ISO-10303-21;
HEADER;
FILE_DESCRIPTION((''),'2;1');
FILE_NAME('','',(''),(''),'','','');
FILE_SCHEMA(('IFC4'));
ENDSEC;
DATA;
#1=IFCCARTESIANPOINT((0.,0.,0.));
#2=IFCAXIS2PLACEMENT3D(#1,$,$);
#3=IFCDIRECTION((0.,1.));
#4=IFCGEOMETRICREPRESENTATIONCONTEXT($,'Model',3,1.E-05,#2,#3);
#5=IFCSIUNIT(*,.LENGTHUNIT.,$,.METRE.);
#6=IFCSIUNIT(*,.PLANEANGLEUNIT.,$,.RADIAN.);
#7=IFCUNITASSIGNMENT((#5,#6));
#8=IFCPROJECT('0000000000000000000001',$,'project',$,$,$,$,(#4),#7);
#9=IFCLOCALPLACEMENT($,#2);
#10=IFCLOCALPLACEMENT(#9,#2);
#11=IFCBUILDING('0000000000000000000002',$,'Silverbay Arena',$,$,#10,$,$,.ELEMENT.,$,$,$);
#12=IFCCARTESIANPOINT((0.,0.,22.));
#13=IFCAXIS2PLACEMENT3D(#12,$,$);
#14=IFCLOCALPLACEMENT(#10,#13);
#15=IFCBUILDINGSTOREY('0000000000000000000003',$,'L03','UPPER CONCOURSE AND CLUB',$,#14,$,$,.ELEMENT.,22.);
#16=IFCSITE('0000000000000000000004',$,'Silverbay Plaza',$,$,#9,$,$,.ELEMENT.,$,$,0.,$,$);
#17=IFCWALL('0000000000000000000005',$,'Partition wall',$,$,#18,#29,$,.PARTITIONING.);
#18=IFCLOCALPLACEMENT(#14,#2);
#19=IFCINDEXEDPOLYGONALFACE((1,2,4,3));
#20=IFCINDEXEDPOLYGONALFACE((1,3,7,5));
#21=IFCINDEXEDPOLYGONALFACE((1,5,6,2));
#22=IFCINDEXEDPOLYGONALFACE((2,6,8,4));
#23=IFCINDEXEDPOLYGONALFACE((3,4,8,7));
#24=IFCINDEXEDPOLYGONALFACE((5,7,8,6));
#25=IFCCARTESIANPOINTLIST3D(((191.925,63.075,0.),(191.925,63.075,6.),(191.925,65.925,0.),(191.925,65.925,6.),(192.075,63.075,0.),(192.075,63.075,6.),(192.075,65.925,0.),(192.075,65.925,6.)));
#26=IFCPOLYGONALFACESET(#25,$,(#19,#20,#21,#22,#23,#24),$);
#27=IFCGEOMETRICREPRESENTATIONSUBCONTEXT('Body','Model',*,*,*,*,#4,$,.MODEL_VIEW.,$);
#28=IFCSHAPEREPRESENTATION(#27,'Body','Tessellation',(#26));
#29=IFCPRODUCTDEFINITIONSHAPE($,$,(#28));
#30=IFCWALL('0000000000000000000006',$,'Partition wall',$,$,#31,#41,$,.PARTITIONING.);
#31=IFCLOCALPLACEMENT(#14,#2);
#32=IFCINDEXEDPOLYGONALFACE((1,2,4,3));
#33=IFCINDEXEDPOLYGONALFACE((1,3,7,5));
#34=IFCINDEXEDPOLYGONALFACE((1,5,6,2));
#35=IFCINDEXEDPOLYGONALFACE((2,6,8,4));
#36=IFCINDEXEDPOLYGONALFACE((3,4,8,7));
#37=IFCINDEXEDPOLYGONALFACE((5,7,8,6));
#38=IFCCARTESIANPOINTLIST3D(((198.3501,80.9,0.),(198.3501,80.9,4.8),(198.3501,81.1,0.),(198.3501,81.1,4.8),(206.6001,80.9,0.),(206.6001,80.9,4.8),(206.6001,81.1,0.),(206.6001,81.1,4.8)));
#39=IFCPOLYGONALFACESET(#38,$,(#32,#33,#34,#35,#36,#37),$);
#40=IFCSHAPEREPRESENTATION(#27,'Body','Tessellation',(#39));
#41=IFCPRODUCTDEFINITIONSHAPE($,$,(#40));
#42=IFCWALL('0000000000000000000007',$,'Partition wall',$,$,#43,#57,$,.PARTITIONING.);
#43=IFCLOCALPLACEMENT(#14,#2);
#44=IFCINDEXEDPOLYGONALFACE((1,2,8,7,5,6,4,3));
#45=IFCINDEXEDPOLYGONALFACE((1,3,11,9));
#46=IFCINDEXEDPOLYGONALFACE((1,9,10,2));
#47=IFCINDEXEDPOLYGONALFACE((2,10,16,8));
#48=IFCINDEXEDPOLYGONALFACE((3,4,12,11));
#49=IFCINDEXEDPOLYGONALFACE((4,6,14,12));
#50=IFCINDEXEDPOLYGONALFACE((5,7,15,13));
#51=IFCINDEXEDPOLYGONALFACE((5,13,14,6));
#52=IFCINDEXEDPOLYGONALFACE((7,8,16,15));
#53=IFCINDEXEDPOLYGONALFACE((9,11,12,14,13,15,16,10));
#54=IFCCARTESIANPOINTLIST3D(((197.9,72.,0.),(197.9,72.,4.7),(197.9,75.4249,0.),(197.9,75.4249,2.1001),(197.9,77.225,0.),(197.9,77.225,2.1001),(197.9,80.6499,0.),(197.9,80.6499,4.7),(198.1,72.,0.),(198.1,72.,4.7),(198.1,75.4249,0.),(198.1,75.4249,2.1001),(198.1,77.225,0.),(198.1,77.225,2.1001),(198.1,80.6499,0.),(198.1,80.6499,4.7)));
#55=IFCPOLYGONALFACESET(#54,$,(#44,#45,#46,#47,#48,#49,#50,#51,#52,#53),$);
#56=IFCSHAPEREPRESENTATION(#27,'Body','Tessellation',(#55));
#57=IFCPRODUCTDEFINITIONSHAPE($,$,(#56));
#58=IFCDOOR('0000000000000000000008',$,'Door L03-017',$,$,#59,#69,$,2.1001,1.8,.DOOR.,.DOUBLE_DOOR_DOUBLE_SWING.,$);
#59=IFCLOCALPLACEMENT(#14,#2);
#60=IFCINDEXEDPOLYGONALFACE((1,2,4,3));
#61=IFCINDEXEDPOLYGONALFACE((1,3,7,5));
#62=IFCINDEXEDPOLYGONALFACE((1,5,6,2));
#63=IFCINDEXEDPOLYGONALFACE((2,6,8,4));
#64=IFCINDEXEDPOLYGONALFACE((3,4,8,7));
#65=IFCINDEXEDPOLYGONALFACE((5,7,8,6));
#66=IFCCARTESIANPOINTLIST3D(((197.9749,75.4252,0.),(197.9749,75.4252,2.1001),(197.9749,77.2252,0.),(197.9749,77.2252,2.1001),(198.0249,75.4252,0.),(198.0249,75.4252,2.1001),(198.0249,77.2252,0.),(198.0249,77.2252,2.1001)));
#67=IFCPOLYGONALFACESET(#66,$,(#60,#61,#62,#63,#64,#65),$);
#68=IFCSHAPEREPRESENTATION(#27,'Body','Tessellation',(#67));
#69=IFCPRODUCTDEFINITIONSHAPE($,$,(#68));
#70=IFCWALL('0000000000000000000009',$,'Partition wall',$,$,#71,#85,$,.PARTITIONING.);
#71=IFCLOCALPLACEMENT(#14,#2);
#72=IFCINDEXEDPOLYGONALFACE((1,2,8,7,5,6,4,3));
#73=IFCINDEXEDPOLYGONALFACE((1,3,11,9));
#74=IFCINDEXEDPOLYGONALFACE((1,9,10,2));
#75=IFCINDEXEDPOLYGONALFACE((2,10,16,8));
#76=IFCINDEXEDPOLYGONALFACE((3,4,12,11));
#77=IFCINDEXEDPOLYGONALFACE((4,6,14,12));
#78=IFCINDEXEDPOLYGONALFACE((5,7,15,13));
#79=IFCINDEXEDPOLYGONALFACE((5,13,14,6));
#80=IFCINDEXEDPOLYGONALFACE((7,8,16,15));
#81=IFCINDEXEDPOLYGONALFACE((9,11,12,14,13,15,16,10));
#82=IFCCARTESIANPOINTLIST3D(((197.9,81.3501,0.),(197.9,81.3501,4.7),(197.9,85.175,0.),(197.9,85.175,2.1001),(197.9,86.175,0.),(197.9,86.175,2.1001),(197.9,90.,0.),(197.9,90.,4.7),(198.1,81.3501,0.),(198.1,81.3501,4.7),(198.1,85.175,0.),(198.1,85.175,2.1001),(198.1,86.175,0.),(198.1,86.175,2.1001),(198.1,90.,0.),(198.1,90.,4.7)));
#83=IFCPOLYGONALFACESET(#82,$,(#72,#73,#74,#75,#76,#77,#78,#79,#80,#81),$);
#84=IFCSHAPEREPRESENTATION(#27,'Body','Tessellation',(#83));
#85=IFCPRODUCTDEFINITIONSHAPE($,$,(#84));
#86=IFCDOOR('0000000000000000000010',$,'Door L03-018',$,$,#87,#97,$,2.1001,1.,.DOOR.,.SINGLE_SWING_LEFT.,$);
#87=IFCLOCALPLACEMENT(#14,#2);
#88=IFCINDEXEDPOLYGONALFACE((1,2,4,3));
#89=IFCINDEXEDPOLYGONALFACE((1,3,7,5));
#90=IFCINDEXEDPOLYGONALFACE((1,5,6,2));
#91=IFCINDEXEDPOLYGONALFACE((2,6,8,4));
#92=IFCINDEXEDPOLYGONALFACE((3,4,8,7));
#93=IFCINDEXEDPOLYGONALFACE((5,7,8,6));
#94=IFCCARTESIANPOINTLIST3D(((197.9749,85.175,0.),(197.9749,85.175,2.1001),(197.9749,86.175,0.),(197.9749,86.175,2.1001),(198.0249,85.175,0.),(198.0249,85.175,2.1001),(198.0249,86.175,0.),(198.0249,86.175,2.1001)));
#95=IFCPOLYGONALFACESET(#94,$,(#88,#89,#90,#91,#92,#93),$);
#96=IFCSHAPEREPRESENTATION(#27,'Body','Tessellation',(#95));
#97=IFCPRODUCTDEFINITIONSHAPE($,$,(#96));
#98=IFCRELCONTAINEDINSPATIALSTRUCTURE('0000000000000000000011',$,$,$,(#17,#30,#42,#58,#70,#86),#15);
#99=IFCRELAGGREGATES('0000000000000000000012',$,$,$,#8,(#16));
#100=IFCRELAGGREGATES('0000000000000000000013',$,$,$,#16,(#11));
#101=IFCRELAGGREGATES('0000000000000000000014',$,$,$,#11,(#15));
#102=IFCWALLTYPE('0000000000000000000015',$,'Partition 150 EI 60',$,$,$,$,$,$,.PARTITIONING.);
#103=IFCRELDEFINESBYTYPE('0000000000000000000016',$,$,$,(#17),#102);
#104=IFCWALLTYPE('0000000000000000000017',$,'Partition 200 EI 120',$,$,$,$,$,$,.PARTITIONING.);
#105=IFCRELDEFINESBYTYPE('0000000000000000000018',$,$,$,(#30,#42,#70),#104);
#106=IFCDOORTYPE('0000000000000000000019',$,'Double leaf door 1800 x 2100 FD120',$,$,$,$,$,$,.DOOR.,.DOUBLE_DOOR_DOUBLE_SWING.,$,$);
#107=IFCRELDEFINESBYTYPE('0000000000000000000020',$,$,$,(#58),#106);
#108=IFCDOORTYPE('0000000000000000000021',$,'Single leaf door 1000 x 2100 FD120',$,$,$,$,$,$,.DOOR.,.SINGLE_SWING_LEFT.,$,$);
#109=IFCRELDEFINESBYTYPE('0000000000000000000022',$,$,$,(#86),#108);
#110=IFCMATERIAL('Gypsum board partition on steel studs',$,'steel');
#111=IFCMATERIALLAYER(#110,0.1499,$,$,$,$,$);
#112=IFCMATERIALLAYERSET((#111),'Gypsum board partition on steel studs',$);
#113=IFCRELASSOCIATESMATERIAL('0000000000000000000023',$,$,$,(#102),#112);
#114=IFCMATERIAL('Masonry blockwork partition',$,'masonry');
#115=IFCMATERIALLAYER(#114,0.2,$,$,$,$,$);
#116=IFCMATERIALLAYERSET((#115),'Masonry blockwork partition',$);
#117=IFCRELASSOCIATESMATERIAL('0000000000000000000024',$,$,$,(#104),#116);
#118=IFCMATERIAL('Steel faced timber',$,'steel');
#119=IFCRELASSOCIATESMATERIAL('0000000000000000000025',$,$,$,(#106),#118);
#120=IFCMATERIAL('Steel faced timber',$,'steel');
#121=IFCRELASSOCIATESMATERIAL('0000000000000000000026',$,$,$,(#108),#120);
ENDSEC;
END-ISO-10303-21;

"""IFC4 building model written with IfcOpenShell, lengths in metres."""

from ifc_helpers import new_model, si_unit, direction, frame, frame_2d, origin, place, context, subcontext, project, spatial, rectangle, extrude, material, layer, layer_set, type_object, element, fill, save


model = new_model("IFC4")

# Units and contexts
model_context = context("Model", 3, precision=1e-05, world=origin(), true_north=direction((0.0, 1.0)))
body_context = subcontext(model_context, "Body", "Model", "MODEL_VIEW")
ifc_project = project(units=[si_unit("LENGTHUNIT", "METRE"), si_unit("PLANEANGLEUNIT", "RADIAN")], contexts=[model_context])

# Site, building, storey
site_placement = place(None, origin())
site = spatial("IfcSite", under=ifc_project, at=site_placement, Name="Silverbay Plaza", CompositionType="ELEMENT", RefElevation=0.0)
building_placement = place(site_placement, origin())
building = spatial("IfcBuilding", under=site, at=building_placement, Name="Silverbay Arena", CompositionType="ELEMENT")
storey_placement = place(building_placement, frame((0.0, 0.0, 22.0)))
storey = spatial("IfcBuildingStorey", under=building, at=storey_placement, Name="L03", Description="UPPER CONCOURSE AND CLUB", CompositionType="ELEMENT", Elevation=22.0)

# Shared definitions
ifc_material_1 = material(Name="Gypsum board partition on steel studs", Category="steel")
ifc_layer_1 = layer(ifc_material_1, 0.1499)
ifc_layer_set_1 = layer_set([ifc_layer_1], Name="Gypsum board partition on steel studs")
wall_type_1 = type_object("IfcWallType", Name="Partition 150 EI 60", PredefinedType="PARTITIONING", material=ifc_layer_set_1)

# Wall
wall_1_placement = place(storey_placement, frame((192.0, 63.075, 0.0), z_axis=(0.0, 0.0, 1.0), x_axis=(0.0, 1.0, 0.0)))
element("IfcWall", 1, at=wall_1_placement, inside=storey, type_object=wall_type_1, Name="Partition wall", PredefinedType="PARTITIONING", context=body_context, shape_type="SweptSolid", body=[
    extrude(rectangle(XDim=2.8501, YDim=0.1499, at=frame_2d((1.425, 0.0))), origin(), (0.0, 0.0, 1.0), 6.0),
])

# Wall
ifc_material_2 = material(Name="Masonry blockwork partition", Category="masonry")
ifc_layer_2 = layer(ifc_material_2, 0.2)
ifc_layer_set_2 = layer_set([ifc_layer_2], Name="Masonry blockwork partition")
wall_type_2 = type_object("IfcWallType", Name="Partition 200 EI 120", PredefinedType="PARTITIONING", material=ifc_layer_set_2)
wall_2_placement = place(storey_placement, frame((198.3501, 81.0, 0.0), z_axis=(0.0, 0.0, 1.0), x_axis=(1.0, 0.0, 0.0)))
element("IfcWall", 2, at=wall_2_placement, inside=storey, type_object=wall_type_2, Name="Partition wall", PredefinedType="PARTITIONING", context=body_context, shape_type="SweptSolid", body=[
    extrude(rectangle(XDim=8.25, YDim=0.2, at=frame_2d((4.125, 0.0))), origin(), (0.0, 0.0, 1.0), 4.8),
])

# Walls, openings, doors
wall_3_placement = place(storey_placement, frame((198.0, 72.0, 0.0), z_axis=(0.0, 0.0, 1.0), x_axis=(0.0, 1.0, 0.0)))
wall_3 = element("IfcWall", 3, at=wall_3_placement, inside=storey, type_object=wall_type_2, Name="Partition wall", PredefinedType="PARTITIONING", context=body_context, shape_type="SweptSolid", body=[
    extrude(rectangle(XDim=8.6499, YDim=0.2, at=frame_2d((4.325, 0.0))), origin(), (0.0, 0.0, 1.0), 4.7),
])
opening_1_placement = place(wall_3_placement, frame((3.425, 0.0, 0.0)))
opening_1 = element("IfcOpeningElement", 4, at=opening_1_placement, cuts=wall_3, PredefinedType="OPENING", context=body_context, shape_type="SweptSolid", body=[
    extrude(rectangle(XDim=1.8, YDim=2.1001, at=frame_2d((0.8999, 1.05))), frame((0.0, 0.1099, 0.0), z_axis=(0.0, -1.0, 0.0), x_axis=(1.0, 0.0, 0.0)), (0.0, 0.0, 1.0), 0.22),
])
ifc_material_3 = material(Name="Steel faced timber", Category="steel")
door_type_1 = type_object("IfcDoorType", Name="Double leaf door 1800 x 2100 FD120", OperationType="DOUBLE_DOOR_DOUBLE_SWING", PredefinedType="DOOR", material=ifc_material_3)
door_1_placement = place(opening_1_placement, frame((1.8, 0.0, 0.0), z_axis=(0.0, 0.0, 1.0), x_axis=(-1.0, 0.0, 0.0)))
door_1 = element("IfcDoor", 5, at=door_1_placement, inside=storey, type_object=door_type_1, Name="Door L03-017", OperationType="DOUBLE_DOOR_DOUBLE_SWING", OverallHeight=2.1001, OverallWidth=1.8, PredefinedType="DOOR", context=body_context, shape_type="SweptSolid", body=[
    extrude(rectangle(XDim=1.8, YDim=2.1001, at=frame_2d((0.8999, 1.05))), frame((0.0, 0.0249, 0.0), z_axis=(0.0, -1.0, 0.0), x_axis=(1.0, 0.0, 0.0)), (0.0, 0.0, 1.0), 0.05),
])
fill(opening_1, door_1)
wall_4_placement = place(storey_placement, frame((198.0, 81.3501, 0.0), z_axis=(0.0, 0.0, 1.0), x_axis=(0.0, 1.0, 0.0)))
wall_4 = element("IfcWall", 6, at=wall_4_placement, inside=storey, type_object=wall_type_2, Name="Partition wall", PredefinedType="PARTITIONING", context=body_context, shape_type="SweptSolid", body=[
    extrude(rectangle(XDim=8.6499, YDim=0.2, at=frame_2d((4.325, 0.0))), origin(), (0.0, 0.0, 1.0), 4.7),
])
opening_2_placement = place(wall_4_placement, frame((3.825, 0.0, 0.0)))
opening_2 = element("IfcOpeningElement", 7, at=opening_2_placement, cuts=wall_4, PredefinedType="OPENING", context=body_context, shape_type="SweptSolid", body=[
    extrude(rectangle(XDim=1.0, YDim=2.1001, at=frame_2d((0.5, 1.05))), frame((0.0, 0.1099, 0.0), z_axis=(0.0, -1.0, 0.0), x_axis=(1.0, 0.0, 0.0)), (0.0, 0.0, 1.0), 0.22),
])
ifc_material_4 = material(Name="Steel faced timber", Category="steel")
door_type_2 = type_object("IfcDoorType", Name="Single leaf door 1000 x 2100 FD120", OperationType="SINGLE_SWING_LEFT", PredefinedType="DOOR", material=ifc_material_4)
door_2_placement = place(opening_2_placement, frame((1.0, 0.0, 0.0), z_axis=(0.0, 0.0, 1.0), x_axis=(-1.0, 0.0, 0.0)))
door_2 = element("IfcDoor", 8, at=door_2_placement, inside=storey, type_object=door_type_2, Name="Door L03-018", OperationType="SINGLE_SWING_LEFT", OverallHeight=2.1001, OverallWidth=1.0, PredefinedType="DOOR", context=body_context, shape_type="SweptSolid", body=[
    extrude(rectangle(XDim=1.0, YDim=2.1001, at=frame_2d((0.5, 1.05))), frame((0.0, 0.0249, 0.0), z_axis=(0.0, -1.0, 0.0), x_axis=(1.0, 0.0, 0.0)), (0.0, 0.0, 1.0), 0.05),
])
fill(opening_2, door_2)

save(model, "model.ifc")
